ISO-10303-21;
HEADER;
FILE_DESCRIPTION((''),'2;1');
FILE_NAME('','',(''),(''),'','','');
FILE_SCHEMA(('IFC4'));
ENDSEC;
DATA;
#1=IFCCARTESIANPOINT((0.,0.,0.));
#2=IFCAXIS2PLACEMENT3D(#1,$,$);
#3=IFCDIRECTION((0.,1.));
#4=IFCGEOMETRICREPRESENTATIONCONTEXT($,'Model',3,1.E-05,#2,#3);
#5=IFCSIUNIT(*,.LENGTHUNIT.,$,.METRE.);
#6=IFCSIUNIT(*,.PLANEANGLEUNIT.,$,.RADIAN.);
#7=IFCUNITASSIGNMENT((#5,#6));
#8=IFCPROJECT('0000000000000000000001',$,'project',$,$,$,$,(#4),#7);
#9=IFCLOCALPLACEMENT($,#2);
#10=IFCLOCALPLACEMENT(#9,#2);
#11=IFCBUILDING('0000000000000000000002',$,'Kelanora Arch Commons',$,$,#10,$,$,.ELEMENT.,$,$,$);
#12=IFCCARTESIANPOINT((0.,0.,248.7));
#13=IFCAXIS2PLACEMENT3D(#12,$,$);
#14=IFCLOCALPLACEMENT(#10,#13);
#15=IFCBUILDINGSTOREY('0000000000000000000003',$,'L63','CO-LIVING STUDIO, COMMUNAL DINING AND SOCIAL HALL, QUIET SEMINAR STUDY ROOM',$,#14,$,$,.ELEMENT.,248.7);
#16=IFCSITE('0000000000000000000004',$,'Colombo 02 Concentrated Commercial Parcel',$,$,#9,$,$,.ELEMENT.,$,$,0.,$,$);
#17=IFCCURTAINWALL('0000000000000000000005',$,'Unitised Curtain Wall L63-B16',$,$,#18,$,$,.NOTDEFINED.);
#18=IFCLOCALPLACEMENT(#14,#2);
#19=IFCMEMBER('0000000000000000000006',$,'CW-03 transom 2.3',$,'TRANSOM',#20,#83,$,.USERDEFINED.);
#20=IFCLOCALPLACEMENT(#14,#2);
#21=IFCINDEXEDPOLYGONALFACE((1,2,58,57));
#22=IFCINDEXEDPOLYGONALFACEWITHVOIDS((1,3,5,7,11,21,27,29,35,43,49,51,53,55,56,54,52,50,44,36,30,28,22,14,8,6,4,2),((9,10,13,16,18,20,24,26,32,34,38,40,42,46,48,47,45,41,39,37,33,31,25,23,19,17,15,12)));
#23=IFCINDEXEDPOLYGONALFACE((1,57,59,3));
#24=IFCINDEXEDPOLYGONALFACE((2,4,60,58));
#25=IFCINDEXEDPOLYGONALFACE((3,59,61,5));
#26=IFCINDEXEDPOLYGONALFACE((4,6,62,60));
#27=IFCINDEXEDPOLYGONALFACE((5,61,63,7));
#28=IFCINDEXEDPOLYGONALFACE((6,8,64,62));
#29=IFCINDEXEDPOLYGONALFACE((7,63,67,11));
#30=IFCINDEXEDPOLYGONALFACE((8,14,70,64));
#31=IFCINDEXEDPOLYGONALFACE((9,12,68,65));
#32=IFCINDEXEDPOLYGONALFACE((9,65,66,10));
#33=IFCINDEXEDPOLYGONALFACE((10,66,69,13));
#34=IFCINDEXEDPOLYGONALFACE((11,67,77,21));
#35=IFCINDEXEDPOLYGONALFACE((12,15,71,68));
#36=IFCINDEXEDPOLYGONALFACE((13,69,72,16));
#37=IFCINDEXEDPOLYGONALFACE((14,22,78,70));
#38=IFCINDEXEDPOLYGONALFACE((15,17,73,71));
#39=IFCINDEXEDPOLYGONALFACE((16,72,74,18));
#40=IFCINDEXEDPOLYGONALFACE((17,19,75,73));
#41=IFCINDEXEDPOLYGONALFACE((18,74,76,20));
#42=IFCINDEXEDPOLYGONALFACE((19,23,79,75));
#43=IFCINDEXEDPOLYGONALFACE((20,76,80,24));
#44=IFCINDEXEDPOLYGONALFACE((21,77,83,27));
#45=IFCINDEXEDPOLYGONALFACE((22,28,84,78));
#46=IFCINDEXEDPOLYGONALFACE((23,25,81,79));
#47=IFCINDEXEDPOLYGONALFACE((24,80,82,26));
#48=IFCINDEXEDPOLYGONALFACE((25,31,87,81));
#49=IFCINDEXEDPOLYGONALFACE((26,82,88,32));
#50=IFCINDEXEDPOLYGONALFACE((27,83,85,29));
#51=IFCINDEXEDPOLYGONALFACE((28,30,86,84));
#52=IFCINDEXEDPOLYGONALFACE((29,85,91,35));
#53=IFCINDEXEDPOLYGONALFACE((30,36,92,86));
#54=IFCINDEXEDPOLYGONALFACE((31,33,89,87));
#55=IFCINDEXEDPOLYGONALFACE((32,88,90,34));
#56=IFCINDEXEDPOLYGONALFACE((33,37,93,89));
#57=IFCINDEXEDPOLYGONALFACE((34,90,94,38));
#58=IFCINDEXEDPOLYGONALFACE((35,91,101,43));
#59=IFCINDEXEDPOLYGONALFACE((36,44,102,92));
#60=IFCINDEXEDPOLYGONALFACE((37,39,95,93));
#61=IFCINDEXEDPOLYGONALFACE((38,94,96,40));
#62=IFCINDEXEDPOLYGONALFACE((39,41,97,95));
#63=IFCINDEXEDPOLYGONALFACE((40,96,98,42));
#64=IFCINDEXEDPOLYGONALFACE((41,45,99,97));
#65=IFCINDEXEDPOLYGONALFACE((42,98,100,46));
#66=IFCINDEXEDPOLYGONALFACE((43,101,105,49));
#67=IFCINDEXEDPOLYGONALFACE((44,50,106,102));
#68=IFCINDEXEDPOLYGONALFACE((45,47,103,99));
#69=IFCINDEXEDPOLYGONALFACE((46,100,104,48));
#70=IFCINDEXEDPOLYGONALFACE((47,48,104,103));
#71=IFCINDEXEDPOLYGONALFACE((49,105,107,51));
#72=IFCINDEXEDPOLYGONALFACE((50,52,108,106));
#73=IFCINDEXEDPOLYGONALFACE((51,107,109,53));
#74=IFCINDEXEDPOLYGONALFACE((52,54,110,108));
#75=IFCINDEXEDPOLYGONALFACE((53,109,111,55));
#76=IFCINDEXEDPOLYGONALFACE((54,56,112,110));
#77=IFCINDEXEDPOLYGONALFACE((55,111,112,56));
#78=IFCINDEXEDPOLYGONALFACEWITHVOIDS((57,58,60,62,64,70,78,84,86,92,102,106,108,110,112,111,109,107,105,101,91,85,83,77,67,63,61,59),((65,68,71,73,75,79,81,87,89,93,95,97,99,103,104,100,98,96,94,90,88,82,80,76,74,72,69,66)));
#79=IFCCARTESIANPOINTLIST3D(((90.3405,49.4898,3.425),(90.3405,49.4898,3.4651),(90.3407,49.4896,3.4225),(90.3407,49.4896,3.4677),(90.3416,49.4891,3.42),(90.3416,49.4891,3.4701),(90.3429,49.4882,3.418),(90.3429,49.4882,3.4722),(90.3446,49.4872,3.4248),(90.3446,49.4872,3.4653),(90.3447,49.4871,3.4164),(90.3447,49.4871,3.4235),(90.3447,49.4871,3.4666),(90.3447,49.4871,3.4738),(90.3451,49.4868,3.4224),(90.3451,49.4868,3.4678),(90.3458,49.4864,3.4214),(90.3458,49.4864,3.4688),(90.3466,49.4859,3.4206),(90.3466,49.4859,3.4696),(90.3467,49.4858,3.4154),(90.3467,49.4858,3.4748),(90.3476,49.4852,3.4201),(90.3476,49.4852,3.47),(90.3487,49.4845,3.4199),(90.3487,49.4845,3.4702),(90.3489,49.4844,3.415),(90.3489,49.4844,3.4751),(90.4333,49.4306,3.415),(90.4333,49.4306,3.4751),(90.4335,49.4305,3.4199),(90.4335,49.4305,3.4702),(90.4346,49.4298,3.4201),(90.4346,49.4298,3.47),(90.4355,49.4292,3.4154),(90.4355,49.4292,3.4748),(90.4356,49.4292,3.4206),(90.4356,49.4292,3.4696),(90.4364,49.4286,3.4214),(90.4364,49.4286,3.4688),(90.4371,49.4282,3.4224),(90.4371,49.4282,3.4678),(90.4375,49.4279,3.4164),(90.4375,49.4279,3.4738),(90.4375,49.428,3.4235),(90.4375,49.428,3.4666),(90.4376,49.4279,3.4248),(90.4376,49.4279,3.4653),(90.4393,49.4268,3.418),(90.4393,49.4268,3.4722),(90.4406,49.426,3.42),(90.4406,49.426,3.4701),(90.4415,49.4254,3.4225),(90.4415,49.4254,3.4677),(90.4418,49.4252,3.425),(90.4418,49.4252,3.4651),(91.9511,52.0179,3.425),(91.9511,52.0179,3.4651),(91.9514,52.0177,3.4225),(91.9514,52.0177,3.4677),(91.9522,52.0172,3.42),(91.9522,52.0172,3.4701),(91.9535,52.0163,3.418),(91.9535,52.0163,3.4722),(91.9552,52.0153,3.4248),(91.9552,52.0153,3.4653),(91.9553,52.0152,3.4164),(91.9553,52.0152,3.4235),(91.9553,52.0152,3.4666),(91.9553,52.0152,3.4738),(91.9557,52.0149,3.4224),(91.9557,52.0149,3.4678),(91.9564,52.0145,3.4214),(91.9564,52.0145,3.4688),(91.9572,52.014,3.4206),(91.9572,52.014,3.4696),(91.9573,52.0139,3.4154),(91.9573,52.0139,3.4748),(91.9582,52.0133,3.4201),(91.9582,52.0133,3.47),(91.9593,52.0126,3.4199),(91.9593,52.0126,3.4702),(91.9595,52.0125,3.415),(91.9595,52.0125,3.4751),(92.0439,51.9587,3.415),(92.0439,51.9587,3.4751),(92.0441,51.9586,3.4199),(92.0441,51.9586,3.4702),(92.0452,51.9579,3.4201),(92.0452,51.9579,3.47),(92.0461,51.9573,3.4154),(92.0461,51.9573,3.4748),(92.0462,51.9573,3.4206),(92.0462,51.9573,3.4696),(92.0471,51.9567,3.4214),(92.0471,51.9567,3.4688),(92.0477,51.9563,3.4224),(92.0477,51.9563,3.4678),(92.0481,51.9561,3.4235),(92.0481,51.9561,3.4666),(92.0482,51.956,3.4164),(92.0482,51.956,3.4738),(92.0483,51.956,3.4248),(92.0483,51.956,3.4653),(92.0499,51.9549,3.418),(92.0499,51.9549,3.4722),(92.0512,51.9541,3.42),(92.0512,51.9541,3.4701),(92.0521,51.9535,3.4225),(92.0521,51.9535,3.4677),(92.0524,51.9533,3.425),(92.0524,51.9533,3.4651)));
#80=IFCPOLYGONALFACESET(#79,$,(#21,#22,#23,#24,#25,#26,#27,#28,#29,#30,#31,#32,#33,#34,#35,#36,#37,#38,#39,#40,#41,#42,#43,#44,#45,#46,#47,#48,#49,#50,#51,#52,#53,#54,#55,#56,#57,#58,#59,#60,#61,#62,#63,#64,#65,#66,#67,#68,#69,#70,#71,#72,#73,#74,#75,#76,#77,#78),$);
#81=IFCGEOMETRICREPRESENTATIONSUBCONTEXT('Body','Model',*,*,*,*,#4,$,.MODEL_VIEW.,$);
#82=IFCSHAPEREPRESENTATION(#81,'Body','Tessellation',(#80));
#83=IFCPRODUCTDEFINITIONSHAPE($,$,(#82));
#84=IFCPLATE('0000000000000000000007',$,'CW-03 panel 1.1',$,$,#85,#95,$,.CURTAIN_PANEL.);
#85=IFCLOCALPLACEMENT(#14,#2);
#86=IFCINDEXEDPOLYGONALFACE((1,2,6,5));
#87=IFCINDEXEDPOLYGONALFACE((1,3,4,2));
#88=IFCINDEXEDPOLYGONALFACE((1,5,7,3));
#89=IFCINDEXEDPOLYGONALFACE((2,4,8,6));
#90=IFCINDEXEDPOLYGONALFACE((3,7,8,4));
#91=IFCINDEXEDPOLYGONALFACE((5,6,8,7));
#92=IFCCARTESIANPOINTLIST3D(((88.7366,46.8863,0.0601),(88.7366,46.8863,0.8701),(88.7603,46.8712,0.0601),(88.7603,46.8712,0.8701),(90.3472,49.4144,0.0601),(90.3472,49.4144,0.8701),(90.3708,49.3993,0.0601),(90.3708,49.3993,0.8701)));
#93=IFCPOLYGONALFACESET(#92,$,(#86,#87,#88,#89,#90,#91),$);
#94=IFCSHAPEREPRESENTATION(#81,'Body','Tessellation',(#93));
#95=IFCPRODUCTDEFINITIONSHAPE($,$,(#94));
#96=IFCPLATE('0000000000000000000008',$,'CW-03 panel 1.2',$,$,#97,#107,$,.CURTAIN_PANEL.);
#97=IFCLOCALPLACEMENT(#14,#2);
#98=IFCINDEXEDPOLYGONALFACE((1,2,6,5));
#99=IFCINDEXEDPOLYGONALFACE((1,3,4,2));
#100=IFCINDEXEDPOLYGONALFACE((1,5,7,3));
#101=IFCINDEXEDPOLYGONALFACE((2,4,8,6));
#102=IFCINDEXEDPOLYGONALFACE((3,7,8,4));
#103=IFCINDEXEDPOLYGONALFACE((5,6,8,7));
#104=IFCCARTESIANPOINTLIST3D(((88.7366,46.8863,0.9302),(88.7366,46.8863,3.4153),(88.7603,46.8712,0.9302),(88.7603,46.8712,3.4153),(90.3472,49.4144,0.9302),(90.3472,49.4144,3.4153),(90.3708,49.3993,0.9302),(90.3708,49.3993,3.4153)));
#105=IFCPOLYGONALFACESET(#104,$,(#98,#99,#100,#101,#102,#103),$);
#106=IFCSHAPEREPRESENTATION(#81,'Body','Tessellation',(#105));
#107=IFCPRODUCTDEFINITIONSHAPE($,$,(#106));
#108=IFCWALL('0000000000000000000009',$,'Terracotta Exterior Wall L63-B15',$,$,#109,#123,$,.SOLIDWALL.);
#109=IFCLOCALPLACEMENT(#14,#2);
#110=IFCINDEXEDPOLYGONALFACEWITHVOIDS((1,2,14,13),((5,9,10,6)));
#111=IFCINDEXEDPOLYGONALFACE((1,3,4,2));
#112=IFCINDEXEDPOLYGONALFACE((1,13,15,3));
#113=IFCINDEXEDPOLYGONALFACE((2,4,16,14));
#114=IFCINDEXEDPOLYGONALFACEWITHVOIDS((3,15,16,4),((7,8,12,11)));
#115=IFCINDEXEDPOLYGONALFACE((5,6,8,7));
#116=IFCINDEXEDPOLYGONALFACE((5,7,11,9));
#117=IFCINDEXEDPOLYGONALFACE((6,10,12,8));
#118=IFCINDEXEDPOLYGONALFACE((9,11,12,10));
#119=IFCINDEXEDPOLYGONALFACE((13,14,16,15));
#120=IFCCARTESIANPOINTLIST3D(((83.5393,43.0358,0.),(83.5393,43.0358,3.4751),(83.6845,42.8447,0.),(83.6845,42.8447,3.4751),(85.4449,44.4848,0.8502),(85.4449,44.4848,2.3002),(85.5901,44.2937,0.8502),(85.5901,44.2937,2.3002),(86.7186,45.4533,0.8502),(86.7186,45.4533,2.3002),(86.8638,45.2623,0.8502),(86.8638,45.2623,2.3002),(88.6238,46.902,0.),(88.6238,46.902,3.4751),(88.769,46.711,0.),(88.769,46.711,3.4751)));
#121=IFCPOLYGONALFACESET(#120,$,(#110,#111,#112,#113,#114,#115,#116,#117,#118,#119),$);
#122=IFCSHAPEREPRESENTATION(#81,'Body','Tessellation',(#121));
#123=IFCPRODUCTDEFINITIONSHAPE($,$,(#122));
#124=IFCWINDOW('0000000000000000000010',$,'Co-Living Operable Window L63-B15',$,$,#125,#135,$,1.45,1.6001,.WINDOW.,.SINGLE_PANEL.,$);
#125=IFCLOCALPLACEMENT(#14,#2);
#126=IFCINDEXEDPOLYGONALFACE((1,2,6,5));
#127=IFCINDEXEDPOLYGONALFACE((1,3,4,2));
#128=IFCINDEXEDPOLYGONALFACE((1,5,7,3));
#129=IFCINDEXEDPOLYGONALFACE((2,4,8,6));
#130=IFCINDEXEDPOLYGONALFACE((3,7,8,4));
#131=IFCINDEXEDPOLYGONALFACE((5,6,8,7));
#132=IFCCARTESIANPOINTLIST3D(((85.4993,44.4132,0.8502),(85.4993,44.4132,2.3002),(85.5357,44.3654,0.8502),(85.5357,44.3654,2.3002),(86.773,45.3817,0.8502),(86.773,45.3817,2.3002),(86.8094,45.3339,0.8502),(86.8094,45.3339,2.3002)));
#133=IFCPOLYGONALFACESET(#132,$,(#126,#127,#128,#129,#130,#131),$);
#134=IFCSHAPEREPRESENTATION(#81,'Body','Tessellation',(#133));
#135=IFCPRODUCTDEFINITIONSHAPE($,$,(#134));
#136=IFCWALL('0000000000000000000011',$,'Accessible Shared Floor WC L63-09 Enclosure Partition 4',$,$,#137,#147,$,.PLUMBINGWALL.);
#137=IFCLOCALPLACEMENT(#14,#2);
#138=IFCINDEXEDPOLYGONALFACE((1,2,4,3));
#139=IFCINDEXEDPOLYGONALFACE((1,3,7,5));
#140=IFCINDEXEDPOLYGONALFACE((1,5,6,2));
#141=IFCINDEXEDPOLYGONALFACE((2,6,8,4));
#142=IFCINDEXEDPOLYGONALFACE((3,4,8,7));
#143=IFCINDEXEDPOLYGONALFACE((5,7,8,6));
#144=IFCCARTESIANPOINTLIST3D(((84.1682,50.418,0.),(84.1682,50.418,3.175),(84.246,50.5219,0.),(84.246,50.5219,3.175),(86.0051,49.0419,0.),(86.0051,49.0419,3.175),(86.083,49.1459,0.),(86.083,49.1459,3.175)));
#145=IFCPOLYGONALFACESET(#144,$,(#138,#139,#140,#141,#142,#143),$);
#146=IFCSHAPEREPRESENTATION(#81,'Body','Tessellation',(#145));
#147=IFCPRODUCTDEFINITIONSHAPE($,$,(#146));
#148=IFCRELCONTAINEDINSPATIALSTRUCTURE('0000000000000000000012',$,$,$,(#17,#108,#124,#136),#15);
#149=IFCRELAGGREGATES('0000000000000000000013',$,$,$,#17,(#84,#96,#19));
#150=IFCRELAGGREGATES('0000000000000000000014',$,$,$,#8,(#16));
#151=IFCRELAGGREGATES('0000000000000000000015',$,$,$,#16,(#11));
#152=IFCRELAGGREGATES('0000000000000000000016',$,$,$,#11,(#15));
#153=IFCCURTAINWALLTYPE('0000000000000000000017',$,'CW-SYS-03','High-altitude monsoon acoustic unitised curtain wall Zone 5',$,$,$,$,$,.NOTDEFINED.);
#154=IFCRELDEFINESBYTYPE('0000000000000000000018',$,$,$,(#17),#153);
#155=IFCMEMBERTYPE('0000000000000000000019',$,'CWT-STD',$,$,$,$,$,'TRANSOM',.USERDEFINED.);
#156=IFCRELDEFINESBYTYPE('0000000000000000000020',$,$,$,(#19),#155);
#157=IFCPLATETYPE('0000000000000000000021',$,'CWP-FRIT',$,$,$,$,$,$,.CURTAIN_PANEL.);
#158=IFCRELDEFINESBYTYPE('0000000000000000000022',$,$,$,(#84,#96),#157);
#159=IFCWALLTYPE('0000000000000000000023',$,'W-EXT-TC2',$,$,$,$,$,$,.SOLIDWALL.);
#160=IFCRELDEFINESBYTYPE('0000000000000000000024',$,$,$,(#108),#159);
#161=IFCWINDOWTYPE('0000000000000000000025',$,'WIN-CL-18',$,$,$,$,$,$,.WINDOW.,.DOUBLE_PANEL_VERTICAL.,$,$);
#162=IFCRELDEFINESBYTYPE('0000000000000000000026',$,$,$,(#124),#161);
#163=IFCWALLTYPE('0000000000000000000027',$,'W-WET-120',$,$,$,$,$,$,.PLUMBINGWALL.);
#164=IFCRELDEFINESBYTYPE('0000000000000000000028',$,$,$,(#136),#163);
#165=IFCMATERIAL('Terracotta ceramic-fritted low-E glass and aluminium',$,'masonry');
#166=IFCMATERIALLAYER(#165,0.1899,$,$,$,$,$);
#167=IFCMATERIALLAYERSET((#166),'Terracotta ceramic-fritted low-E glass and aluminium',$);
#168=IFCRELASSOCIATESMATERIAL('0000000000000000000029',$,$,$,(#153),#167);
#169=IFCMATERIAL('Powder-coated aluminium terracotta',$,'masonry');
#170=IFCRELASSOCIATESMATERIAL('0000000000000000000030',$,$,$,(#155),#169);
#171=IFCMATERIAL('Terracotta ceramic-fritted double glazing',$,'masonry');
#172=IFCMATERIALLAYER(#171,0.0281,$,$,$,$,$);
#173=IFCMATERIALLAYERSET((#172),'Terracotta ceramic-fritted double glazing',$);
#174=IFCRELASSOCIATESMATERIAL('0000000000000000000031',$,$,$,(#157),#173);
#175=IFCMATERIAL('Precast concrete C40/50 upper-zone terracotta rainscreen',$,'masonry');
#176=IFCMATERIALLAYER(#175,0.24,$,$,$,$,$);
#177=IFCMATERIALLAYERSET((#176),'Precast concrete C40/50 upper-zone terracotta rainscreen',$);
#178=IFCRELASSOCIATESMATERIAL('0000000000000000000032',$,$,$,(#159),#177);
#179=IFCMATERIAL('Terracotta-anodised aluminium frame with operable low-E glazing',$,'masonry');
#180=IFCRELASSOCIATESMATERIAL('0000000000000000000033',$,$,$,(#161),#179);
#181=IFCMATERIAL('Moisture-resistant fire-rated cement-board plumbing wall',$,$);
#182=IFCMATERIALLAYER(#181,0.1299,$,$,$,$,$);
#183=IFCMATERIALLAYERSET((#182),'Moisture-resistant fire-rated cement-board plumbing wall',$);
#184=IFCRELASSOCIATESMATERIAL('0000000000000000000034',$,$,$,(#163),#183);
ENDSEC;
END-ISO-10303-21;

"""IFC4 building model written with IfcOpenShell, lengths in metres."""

from ifc_helpers import new_model, si_unit, direction, frame, frame_2d, origin, origin_2d, place, context, subcontext, project, spatial, rectangle, hollow_rectangle, extrude, source, transform, mapped, material, layer, layer_set, material_profile, profile_set, type_object, element, fill, aggregate, save


model = new_model("IFC4")

# Units and contexts
model_context = context("Model", 3, precision=1e-05, world=origin(), true_north=direction((0.0, 1.0)))
body_context = subcontext(model_context, "Body", "Model", "MODEL_VIEW")
ifc_project = project(units=[si_unit("LENGTHUNIT", "METRE"), si_unit("PLANEANGLEUNIT", "RADIAN")], contexts=[model_context])

# Site, building, storey
site_placement = place(None, origin())
site = spatial("IfcSite", under=ifc_project, at=site_placement, Name="Colombo 02 Concentrated Commercial Parcel", CompositionType="ELEMENT", RefElevation=0.0)
building_placement = place(site_placement, origin())
building = spatial("IfcBuilding", under=site, at=building_placement, Name="Kelanora Arch Commons", CompositionType="ELEMENT")
storey_placement = place(building_placement, frame((0.0, 0.0, 248.7)))
storey = spatial("IfcBuildingStorey", under=building, at=storey_placement, Name="L63", Description="CO-LIVING STUDIO, COMMUNAL DINING AND SOCIAL HALL, QUIET SEMINAR STUDY ROOM", CompositionType="ELEMENT", Elevation=248.7)

# Shared definitions
ifc_material_1 = material(Name="Terracotta ceramic-fritted low-E glass and aluminium", Category="masonry")
ifc_layer_1 = layer(ifc_material_1, 0.1899)
ifc_layer_set_1 = layer_set([ifc_layer_1], Name="Terracotta ceramic-fritted low-E glass and aluminium")
curtain_wall_type = type_object("IfcCurtainWallType", Name="CW-SYS-03", Description="High-altitude monsoon acoustic unitised curtain wall Zone 5", PredefinedType="NOTDEFINED", material=ifc_layer_set_1)
ifc_material_2 = material(Name="Powder-coated aluminium terracotta", Category="masonry")

# Curtain wall, member, plates
curtain_wall_1_placement = place(storey_placement, origin())
curtain_wall_1 = element("IfcCurtainWall", 1, at=curtain_wall_1_placement, inside=storey, type_object=curtain_wall_type, Name="Unitised Curtain Wall L63-B16", PredefinedType="NOTDEFINED")
ifc_material_profile_1 = material_profile(ifc_material_2, hollow_rectangle(XDim=0.1201, YDim=0.0601, WallThickness=0.0049, InnerFilletRadius=0.0049, OuterFilletRadius=0.01, at=origin_2d()), Name="CWT120x60")
ifc_profile_set_1 = profile_set([ifc_material_profile_1], Name="Powder-coated aluminium terracotta")
member_type_1 = type_object("IfcMemberType", Name="CWT-STD", ElementType="TRANSOM", PredefinedType="USERDEFINED", material=ifc_profile_set_1)
member_1_placement = place(storey_placement, frame((90.3911, 49.4575, 3.4451), z_axis=(0.537308, 0.843386, 0.0), x_axis=(-0.843386, 0.537308, 0.0)))
member_1 = element("IfcMember", 2, at=member_1_placement, type_object=member_type_1, Name="CW-03 transom 2.3", ObjectType="TRANSOM", PredefinedType="USERDEFINED", context=body_context, shape_type="SweptSolid", body=[
    extrude(hollow_rectangle(XDim=0.1201, YDim=0.0601, WallThickness=0.0049, InnerFilletRadius=0.0049, OuterFilletRadius=0.01, at=origin_2d()), origin(), (0.0, 0.0, 1.0), 2.9976),
])
ifc_material_3 = material(Name="Terracotta ceramic-fritted double glazing", Category="masonry")
ifc_layer_2 = layer(ifc_material_3, 0.0281)
ifc_layer_set_2 = layer_set([ifc_layer_2], Name="Terracotta ceramic-fritted double glazing")
plate_type = type_object("IfcPlateType", Name="CWP-FRIT", PredefinedType="CURTAIN_PANEL", material=ifc_layer_set_2)
shared_shape_1 = source(origin(), body_context, "Body", "SweptSolid", [
    extrude(rectangle(XDim=2.9976, YDim=0.0281, at=origin_2d()), origin(), (0.0, 0.0, 1.0), 0.8101),
])
plate_1_placement = place(storey_placement, frame((89.5537, 48.1428, 0.0601), z_axis=(0.0, 0.0, 1.0), x_axis=(0.5373, 0.843391, 0.0)))
plate_1 = element("IfcPlate", 3, at=plate_1_placement, type_object=plate_type, Name="CW-03 panel 1.1", PredefinedType="CURTAIN_PANEL", context=body_context, shape_type="MappedRepresentation", body=[
    mapped(shared_shape_1, transform((0.0, 0.0, 0.0), scale=1.0)),
])
shared_shape_2 = source(origin(), body_context, "Body", "SweptSolid", [
    extrude(rectangle(XDim=2.9976, YDim=0.0281, at=origin_2d()), origin(), (0.0, 0.0, 1.0), 2.4851),
])
plate_2_placement = place(storey_placement, frame((89.5537, 48.1428, 0.9302), z_axis=(0.0, 0.0, 1.0), x_axis=(0.5373, 0.843391, 0.0)))
plate_2 = element("IfcPlate", 4, at=plate_2_placement, type_object=plate_type, Name="CW-03 panel 1.2", PredefinedType="CURTAIN_PANEL", context=body_context, shape_type="MappedRepresentation", body=[
    mapped(shared_shape_2, transform((0.0, 0.0, 0.0), scale=1.0)),
])
aggregate(curtain_wall_1, [plate_1, plate_2, member_1])

# Wall, opening, window
ifc_material_4 = material(Name="Precast concrete C40/50 upper-zone terracotta rainscreen", Category="masonry")
ifc_layer_3 = layer(ifc_material_4, 0.24)
ifc_layer_set_3 = layer_set([ifc_layer_3], Name="Precast concrete C40/50 upper-zone terracotta rainscreen")
wall_type_1 = type_object("IfcWallType", Name="W-EXT-TC2", PredefinedType="SOLIDWALL", material=ifc_layer_set_3)
wall_1_placement = place(storey_placement, frame((83.6118, 42.9402, 0.0), z_axis=(0.0, 0.0, 1.0), x_axis=(0.79601, 0.605283, 0.0)))
wall_1 = element("IfcWall", 5, at=wall_1_placement, inside=storey, type_object=wall_type_1, Name="Terracotta Exterior Wall L63-B15", PredefinedType="SOLIDWALL", context=body_context, shape_type="SweptSolid", body=[
    extrude(rectangle(XDim=6.3875, YDim=0.24, at=frame_2d((3.1938, 0.0))), origin(), (0.0, 0.0, 1.0), 3.4751),
])
opening_placement = place(wall_1_placement, frame((2.394, 0.0, 0.8501)))
opening = element("IfcOpeningElement", 6, at=opening_placement, cuts=wall_1, PredefinedType="OPENING", context=body_context, shape_type="SweptSolid", body=[
    extrude(rectangle(XDim=1.6001, YDim=1.45, at=frame_2d((0.8, 0.7251))), frame((0.0, 0.1299, 0.0), z_axis=(0.0, -1.0, 0.0), x_axis=(1.0, 0.0, 0.0)), (0.0, 0.0, 1.0), 0.26),
])
ifc_material_5 = material(Name="Terracotta-anodised aluminium frame with operable low-E glazing", Category="masonry")
window_type = type_object("IfcWindowType", Name="WIN-CL-18", PartitioningType="DOUBLE_PANEL_VERTICAL", PredefinedType="WINDOW", material=ifc_material_5)
window_placement = place(opening_placement, origin())
window = element("IfcWindow", 7, at=window_placement, inside=storey, type_object=window_type, Name="Co-Living Operable Window L63-B15", OverallHeight=1.45, OverallWidth=1.6001, PartitioningType="SINGLE_PANEL", PredefinedType="WINDOW", context=body_context, shape_type="SweptSolid", body=[
    extrude(rectangle(XDim=1.6001, YDim=1.45, at=frame_2d((0.8, 0.7251))), frame((0.0, 0.03, 0.0), z_axis=(0.0, -1.0, 0.0), x_axis=(1.0, 0.0, 0.0)), (0.0, 0.0, 1.0), 0.0601),
])
fill(opening, window)

# Wall
ifc_material_6 = material(Name="Moisture-resistant fire-rated cement-board plumbing wall")
ifc_layer_4 = layer(ifc_material_6, 0.1299)
ifc_layer_set_4 = layer_set([ifc_layer_4], Name="Moisture-resistant fire-rated cement-board plumbing wall")
wall_type_2 = type_object("IfcWallType", Name="W-WET-120", PredefinedType="PLUMBINGWALL", material=ifc_layer_set_4)
wall_2_placement = place(storey_placement, frame((86.0439, 49.094, 0.0), z_axis=(0.0, 0.0, 1.0), x_axis=(-0.800357, 0.599523, 0.0)))
element("IfcWall", 8, at=wall_2_placement, inside=storey, type_object=wall_type_2, Name="Accessible Shared Floor WC L63-09 Enclosure Partition 4", PredefinedType="PLUMBINGWALL", context=body_context, shape_type="SweptSolid", body=[
    extrude(rectangle(XDim=2.2952, YDim=0.1299, at=frame_2d((1.1475, 0.0))), origin(), (0.0, 0.0, 1.0), 3.175),
])

save(model, "model.ifc")
